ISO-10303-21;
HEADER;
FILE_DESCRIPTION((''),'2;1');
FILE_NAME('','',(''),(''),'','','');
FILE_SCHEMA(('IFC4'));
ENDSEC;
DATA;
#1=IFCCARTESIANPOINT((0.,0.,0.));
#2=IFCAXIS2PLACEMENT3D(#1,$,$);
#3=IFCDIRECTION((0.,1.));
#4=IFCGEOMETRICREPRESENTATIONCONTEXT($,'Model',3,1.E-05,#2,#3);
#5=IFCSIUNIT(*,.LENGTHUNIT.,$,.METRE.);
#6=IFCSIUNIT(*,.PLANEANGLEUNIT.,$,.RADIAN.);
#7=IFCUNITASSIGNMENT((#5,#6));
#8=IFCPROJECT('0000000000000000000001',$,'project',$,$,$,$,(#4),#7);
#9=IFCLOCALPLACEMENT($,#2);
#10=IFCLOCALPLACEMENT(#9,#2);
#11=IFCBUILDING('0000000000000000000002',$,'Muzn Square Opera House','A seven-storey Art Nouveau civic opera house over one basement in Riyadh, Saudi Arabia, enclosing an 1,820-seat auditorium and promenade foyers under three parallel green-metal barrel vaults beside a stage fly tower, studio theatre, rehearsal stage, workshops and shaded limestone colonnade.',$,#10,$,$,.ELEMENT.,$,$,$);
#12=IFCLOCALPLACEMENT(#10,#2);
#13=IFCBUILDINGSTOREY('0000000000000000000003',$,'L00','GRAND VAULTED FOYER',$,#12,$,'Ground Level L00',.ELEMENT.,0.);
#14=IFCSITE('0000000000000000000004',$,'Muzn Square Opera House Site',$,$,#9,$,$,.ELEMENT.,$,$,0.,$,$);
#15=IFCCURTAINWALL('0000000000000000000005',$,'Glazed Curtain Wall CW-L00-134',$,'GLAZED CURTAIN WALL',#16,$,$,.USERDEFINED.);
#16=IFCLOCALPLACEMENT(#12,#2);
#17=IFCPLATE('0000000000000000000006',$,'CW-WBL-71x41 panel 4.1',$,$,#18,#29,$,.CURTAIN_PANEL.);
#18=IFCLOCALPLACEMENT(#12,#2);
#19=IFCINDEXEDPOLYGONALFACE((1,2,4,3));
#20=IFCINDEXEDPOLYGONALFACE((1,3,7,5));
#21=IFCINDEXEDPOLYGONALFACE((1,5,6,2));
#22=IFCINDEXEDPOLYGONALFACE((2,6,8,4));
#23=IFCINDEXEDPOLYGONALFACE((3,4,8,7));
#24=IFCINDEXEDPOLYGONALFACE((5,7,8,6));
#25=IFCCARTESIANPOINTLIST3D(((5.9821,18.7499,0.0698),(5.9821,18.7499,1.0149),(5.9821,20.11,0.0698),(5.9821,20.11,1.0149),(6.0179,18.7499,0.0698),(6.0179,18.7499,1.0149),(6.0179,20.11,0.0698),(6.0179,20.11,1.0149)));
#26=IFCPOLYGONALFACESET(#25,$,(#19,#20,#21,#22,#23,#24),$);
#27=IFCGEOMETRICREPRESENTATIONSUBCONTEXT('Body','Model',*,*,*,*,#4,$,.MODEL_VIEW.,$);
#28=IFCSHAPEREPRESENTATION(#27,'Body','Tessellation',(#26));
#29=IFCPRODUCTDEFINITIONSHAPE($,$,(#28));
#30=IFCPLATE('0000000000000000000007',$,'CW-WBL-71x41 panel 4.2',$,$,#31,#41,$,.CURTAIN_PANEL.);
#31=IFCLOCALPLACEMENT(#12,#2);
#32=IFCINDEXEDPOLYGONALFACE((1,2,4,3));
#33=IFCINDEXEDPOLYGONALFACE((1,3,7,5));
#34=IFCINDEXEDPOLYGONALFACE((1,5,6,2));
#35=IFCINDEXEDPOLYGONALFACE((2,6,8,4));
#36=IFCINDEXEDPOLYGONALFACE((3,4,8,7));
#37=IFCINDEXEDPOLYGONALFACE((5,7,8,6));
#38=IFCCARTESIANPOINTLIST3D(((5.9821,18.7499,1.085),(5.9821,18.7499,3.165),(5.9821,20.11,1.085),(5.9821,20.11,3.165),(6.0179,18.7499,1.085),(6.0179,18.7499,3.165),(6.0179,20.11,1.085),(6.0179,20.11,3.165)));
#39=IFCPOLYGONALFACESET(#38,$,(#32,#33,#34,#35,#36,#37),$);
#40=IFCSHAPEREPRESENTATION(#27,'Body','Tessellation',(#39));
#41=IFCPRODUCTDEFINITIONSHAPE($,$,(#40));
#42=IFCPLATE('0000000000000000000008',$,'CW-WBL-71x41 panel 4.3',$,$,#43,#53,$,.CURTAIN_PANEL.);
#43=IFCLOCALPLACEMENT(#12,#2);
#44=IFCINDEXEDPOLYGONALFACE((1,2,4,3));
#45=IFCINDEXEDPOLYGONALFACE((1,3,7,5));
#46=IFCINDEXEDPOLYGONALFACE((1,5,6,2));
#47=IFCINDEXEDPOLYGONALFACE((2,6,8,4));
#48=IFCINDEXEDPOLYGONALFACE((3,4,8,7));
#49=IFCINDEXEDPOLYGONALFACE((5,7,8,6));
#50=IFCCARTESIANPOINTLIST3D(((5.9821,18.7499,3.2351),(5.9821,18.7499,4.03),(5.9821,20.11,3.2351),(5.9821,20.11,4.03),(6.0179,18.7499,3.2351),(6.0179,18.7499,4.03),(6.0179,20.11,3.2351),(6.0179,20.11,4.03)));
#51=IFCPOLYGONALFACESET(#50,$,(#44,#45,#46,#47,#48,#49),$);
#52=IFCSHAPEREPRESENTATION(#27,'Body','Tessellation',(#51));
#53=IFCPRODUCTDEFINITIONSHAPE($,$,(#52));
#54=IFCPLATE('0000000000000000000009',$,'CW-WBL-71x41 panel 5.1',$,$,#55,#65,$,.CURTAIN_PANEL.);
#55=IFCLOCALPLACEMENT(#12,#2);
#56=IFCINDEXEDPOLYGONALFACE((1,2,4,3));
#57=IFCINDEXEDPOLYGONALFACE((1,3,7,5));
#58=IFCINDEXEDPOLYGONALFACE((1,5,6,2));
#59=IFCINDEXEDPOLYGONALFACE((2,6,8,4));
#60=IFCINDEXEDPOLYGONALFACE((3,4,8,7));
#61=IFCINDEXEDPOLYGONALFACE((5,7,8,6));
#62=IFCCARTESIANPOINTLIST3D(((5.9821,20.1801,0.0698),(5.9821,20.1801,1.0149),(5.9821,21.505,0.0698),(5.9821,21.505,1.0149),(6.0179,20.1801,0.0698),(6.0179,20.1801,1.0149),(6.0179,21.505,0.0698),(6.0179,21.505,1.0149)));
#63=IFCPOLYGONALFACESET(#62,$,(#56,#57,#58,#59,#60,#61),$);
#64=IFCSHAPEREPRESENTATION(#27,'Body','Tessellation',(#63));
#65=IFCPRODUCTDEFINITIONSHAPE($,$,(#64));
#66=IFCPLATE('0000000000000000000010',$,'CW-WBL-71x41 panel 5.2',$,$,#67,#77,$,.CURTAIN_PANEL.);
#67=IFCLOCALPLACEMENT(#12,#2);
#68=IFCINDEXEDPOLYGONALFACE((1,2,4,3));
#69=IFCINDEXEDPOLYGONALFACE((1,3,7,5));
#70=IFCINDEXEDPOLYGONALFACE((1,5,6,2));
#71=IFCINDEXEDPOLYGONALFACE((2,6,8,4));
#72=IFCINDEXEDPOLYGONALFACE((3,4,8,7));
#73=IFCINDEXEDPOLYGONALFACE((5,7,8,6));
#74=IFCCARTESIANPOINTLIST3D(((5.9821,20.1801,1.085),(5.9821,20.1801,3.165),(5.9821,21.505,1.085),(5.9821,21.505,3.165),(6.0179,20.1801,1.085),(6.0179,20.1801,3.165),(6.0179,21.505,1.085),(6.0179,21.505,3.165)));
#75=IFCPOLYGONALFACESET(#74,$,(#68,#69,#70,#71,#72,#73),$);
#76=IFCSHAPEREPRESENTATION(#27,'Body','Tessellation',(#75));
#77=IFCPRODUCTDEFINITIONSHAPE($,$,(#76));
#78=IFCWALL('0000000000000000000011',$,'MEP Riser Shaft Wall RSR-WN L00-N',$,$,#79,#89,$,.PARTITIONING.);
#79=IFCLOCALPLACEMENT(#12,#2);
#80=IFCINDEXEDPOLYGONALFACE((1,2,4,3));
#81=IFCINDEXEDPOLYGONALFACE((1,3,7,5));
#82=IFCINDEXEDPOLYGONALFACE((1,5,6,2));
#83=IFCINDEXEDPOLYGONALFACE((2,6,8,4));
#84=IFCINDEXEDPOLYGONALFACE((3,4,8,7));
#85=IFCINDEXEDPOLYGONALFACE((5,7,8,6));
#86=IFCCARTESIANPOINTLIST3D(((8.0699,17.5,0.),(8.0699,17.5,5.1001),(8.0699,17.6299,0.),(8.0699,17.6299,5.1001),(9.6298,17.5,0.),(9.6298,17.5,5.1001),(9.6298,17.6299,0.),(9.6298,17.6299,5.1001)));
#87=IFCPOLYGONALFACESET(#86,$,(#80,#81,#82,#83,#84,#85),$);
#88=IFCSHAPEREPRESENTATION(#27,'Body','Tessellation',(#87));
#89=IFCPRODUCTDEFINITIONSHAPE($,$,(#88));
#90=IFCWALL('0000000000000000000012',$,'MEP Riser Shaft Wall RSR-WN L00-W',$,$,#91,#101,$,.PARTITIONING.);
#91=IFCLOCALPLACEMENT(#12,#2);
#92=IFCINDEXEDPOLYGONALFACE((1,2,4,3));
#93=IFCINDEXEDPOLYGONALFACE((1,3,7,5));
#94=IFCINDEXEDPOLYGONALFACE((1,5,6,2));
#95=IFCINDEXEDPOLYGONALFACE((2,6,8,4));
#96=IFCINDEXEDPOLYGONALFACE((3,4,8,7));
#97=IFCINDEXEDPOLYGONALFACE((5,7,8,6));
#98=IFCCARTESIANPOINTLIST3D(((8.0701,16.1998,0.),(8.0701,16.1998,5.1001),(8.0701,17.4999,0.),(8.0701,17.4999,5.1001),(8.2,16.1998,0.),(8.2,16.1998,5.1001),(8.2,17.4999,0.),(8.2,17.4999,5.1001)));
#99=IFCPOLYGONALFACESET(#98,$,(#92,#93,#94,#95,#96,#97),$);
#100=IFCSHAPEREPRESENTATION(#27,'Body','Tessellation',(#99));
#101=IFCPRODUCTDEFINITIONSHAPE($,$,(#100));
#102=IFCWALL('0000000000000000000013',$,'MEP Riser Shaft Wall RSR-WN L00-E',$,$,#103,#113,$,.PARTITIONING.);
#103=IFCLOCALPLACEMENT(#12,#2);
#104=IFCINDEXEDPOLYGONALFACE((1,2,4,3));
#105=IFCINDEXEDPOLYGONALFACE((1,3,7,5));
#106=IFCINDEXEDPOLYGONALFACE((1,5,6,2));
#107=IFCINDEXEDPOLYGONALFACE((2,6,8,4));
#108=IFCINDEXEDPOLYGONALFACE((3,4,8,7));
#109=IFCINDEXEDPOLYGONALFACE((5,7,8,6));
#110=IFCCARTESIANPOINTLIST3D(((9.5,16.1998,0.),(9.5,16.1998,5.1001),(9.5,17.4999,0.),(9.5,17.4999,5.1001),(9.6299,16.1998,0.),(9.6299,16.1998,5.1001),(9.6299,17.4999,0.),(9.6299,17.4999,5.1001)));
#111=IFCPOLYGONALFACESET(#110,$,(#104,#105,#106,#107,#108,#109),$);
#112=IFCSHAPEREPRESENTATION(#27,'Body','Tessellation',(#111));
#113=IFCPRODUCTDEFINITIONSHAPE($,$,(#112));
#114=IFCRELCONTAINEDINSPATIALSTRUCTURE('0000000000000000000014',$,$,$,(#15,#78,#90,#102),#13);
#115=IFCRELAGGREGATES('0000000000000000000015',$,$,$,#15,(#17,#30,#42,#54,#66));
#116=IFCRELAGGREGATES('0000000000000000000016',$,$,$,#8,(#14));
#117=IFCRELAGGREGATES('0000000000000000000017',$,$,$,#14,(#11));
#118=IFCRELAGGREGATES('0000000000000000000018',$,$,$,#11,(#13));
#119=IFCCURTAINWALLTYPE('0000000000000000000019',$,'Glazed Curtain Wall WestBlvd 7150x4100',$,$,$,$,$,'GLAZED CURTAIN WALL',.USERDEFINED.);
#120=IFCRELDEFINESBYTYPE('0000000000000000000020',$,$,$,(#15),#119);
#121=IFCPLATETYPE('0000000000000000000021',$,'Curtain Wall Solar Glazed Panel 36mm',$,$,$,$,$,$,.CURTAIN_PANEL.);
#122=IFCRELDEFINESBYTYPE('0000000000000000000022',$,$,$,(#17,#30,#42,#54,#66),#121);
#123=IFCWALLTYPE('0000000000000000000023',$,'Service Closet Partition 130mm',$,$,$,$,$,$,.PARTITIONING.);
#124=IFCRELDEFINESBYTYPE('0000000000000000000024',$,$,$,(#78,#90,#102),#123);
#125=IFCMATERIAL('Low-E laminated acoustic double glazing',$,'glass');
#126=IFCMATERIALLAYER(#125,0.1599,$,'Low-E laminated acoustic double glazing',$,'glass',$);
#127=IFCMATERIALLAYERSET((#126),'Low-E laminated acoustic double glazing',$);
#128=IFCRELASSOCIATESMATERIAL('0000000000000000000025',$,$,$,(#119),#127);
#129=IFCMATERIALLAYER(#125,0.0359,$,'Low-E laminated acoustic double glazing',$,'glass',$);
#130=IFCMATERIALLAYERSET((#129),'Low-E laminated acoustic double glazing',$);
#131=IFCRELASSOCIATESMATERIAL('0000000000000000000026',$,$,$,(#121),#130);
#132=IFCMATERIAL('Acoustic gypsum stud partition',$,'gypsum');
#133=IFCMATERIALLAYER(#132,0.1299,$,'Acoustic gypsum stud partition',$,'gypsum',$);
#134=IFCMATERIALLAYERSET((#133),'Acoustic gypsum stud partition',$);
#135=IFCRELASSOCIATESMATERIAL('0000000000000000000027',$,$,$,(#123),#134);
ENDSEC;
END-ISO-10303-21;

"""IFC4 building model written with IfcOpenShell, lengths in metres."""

from ifc_helpers import new_model, si_unit, direction, frame, frame_2d, origin, origin_2d, place, context, subcontext, project, spatial, rectangle, extrude, material, layer, layer_set, type_object, element, aggregate, save


model = new_model("IFC4")

# Units and contexts
model_context = context("Model", 3, precision=1e-05, world=origin(), true_north=direction((0.0, 1.0)))
body_context = subcontext(model_context, "Body", "Model", "MODEL_VIEW")
ifc_project = project(units=[si_unit("LENGTHUNIT", "METRE"), si_unit("PLANEANGLEUNIT", "RADIAN")], contexts=[model_context])

# Site, building, storey
site_placement = place(None, origin())
site = spatial("IfcSite", under=ifc_project, at=site_placement, Name="Muzn Square Opera House Site", CompositionType="ELEMENT", RefElevation=0.0)
building_placement = place(site_placement, origin())
building = spatial("IfcBuilding", under=site, at=building_placement, Name="Muzn Square Opera House", Description="A seven-storey Art Nouveau civic opera house over one basement in Riyadh, Saudi Arabia, enclosing an 1,820-seat auditorium and promenade foyers under three parallel green-metal barrel vaults beside a stage fly tower, studio theatre, rehearsal stage, workshops and shaded limestone colonnade.", CompositionType="ELEMENT")
storey_placement = place(building_placement, origin())
storey = spatial("IfcBuildingStorey", under=building, at=storey_placement, Name="L00", Description="GRAND VAULTED FOYER", LongName="Ground Level L00", CompositionType="ELEMENT", Elevation=0.0)

# Curtain wall, plates
ifc_material_1 = material(Name="Low-E laminated acoustic double glazing", Category="glass")
ifc_layer_1 = layer(ifc_material_1, 0.1599, Name="Low-E laminated acoustic double glazing", Category="glass")
ifc_layer_set_1 = layer_set([ifc_layer_1], Name="Low-E laminated acoustic double glazing")
curtain_wall_type = type_object("IfcCurtainWallType", Name="Glazed Curtain Wall WestBlvd 7150x4100", ElementType="GLAZED CURTAIN WALL", PredefinedType="USERDEFINED", material=ifc_layer_set_1)
curtain_wall_placement = place(storey_placement, origin())
curtain_wall = element("IfcCurtainWall", 1, at=curtain_wall_placement, inside=storey, type_object=curtain_wall_type, Name="Glazed Curtain Wall CW-L00-134", ObjectType="GLAZED CURTAIN WALL", PredefinedType="USERDEFINED")
ifc_layer_2 = layer(ifc_material_1, 0.0359, Name="Low-E laminated acoustic double glazing", Category="glass")
ifc_layer_set_2 = layer_set([ifc_layer_2], Name="Low-E laminated acoustic double glazing")
plate_type = type_object("IfcPlateType", Name="Curtain Wall Solar Glazed Panel 36mm", PredefinedType="CURTAIN_PANEL", material=ifc_layer_set_2)
plate_1_placement = place(storey_placement, frame((6.0, 19.4299, 0.0698), z_axis=(0.0, 0.0, 1.0), x_axis=(0.0, 1.0, 0.0)))
plate_1 = element("IfcPlate", 2, at=plate_1_placement, type_object=plate_type, Name="CW-WBL-71x41 panel 4.1", PredefinedType="CURTAIN_PANEL", context=body_context, shape_type="SweptSolid", body=[
    extrude(rectangle(XDim=1.3601, YDim=0.0359, at=origin_2d()), origin(), (0.0, 0.0, 1.0), 0.9451),
])
plate_2_placement = place(storey_placement, frame((6.0, 19.4299, 1.085), z_axis=(0.0, 0.0, 1.0), x_axis=(0.0, 1.0, 0.0)))
plate_2 = element("IfcPlate", 3, at=plate_2_placement, type_object=plate_type, Name="CW-WBL-71x41 panel 4.2", PredefinedType="CURTAIN_PANEL", context=body_context, shape_type="SweptSolid", body=[
    extrude(rectangle(XDim=1.3601, YDim=0.0359, at=origin_2d()), origin(), (0.0, 0.0, 1.0), 2.0801),
])
plate_3_placement = place(storey_placement, frame((6.0, 19.4299, 3.2351), z_axis=(0.0, 0.0, 1.0), x_axis=(0.0, 1.0, 0.0)))
plate_3 = element("IfcPlate", 4, at=plate_3_placement, type_object=plate_type, Name="CW-WBL-71x41 panel 4.3", PredefinedType="CURTAIN_PANEL", context=body_context, shape_type="SweptSolid", body=[
    extrude(rectangle(XDim=1.3601, YDim=0.0359, at=origin_2d()), origin(), (0.0, 0.0, 1.0), 0.7949),
])
plate_4_placement = place(storey_placement, frame((6.0, 20.8425, 0.0698), z_axis=(0.0, 0.0, 1.0), x_axis=(0.0, 1.0, 0.0)))
plate_4 = element("IfcPlate", 5, at=plate_4_placement, type_object=plate_type, Name="CW-WBL-71x41 panel 5.1", PredefinedType="CURTAIN_PANEL", context=body_context, shape_type="SweptSolid", body=[
    extrude(rectangle(XDim=1.325, YDim=0.0359, at=origin_2d()), origin(), (0.0, 0.0, 1.0), 0.9451),
])
plate_5_placement = place(storey_placement, frame((6.0, 20.8425, 1.085), z_axis=(0.0, 0.0, 1.0), x_axis=(0.0, 1.0, 0.0)))
plate_5 = element("IfcPlate", 6, at=plate_5_placement, type_object=plate_type, Name="CW-WBL-71x41 panel 5.2", PredefinedType="CURTAIN_PANEL", context=body_context, shape_type="SweptSolid", body=[
    extrude(rectangle(XDim=1.325, YDim=0.0359, at=origin_2d()), origin(), (0.0, 0.0, 1.0), 2.0801),
])
aggregate(curtain_wall, [plate_1, plate_2, plate_3, plate_4, plate_5])

# Walls
ifc_material_2 = material(Name="Acoustic gypsum stud partition", Category="gypsum")
ifc_layer_3 = layer(ifc_material_2, 0.1299, Name="Acoustic gypsum stud partition", Category="gypsum")
ifc_layer_set_3 = layer_set([ifc_layer_3], Name="Acoustic gypsum stud partition")
wall_type = type_object("IfcWallType", Name="Service Closet Partition 130mm", PredefinedType="PARTITIONING", material=ifc_layer_set_3)
wall_placement = place(storey_placement, frame((8.0701, 17.5649, 0.0), z_axis=(0.0, 0.0, 1.0), x_axis=(1.0, 0.0, 0.0)))
element("IfcWall", 7, at=wall_placement, inside=storey, type_object=wall_type, Name="MEP Riser Shaft Wall RSR-WN L00-N", PredefinedType="PARTITIONING", context=body_context, shape_type="SweptSolid", body=[
    extrude(rectangle(XDim=1.5598, YDim=0.1299, at=frame_2d((0.7798, 0.0))), origin(), (0.0, 0.0, 1.0), 5.1001),
])
for number, where, z_axis, x_axis, name in (
    (8, (8.135, 16.2, 0.0), (0.0, 0.0, 1.0), (0.0, 1.0, 0.0), "MEP Riser Shaft Wall RSR-WN L00-W"),
    (9, (9.5649, 16.2, 0.0), (0.0, 0.0, 1.0), (0.0, 1.0, 0.0), "MEP Riser Shaft Wall RSR-WN L00-E"),
):
    element("IfcWall", number, at=place(storey_placement, frame(where, z_axis=z_axis, x_axis=x_axis)), inside=storey, type_object=wall_type, Name=name, PredefinedType="PARTITIONING", context=body_context, shape_type="SweptSolid", body=[
        extrude(rectangle(XDim=1.3, YDim=0.1299, at=frame_2d((0.6499, 0.0))), origin(), (0.0, 0.0, 1.0), 5.1001),
    ])

save(model, "model.ifc")
